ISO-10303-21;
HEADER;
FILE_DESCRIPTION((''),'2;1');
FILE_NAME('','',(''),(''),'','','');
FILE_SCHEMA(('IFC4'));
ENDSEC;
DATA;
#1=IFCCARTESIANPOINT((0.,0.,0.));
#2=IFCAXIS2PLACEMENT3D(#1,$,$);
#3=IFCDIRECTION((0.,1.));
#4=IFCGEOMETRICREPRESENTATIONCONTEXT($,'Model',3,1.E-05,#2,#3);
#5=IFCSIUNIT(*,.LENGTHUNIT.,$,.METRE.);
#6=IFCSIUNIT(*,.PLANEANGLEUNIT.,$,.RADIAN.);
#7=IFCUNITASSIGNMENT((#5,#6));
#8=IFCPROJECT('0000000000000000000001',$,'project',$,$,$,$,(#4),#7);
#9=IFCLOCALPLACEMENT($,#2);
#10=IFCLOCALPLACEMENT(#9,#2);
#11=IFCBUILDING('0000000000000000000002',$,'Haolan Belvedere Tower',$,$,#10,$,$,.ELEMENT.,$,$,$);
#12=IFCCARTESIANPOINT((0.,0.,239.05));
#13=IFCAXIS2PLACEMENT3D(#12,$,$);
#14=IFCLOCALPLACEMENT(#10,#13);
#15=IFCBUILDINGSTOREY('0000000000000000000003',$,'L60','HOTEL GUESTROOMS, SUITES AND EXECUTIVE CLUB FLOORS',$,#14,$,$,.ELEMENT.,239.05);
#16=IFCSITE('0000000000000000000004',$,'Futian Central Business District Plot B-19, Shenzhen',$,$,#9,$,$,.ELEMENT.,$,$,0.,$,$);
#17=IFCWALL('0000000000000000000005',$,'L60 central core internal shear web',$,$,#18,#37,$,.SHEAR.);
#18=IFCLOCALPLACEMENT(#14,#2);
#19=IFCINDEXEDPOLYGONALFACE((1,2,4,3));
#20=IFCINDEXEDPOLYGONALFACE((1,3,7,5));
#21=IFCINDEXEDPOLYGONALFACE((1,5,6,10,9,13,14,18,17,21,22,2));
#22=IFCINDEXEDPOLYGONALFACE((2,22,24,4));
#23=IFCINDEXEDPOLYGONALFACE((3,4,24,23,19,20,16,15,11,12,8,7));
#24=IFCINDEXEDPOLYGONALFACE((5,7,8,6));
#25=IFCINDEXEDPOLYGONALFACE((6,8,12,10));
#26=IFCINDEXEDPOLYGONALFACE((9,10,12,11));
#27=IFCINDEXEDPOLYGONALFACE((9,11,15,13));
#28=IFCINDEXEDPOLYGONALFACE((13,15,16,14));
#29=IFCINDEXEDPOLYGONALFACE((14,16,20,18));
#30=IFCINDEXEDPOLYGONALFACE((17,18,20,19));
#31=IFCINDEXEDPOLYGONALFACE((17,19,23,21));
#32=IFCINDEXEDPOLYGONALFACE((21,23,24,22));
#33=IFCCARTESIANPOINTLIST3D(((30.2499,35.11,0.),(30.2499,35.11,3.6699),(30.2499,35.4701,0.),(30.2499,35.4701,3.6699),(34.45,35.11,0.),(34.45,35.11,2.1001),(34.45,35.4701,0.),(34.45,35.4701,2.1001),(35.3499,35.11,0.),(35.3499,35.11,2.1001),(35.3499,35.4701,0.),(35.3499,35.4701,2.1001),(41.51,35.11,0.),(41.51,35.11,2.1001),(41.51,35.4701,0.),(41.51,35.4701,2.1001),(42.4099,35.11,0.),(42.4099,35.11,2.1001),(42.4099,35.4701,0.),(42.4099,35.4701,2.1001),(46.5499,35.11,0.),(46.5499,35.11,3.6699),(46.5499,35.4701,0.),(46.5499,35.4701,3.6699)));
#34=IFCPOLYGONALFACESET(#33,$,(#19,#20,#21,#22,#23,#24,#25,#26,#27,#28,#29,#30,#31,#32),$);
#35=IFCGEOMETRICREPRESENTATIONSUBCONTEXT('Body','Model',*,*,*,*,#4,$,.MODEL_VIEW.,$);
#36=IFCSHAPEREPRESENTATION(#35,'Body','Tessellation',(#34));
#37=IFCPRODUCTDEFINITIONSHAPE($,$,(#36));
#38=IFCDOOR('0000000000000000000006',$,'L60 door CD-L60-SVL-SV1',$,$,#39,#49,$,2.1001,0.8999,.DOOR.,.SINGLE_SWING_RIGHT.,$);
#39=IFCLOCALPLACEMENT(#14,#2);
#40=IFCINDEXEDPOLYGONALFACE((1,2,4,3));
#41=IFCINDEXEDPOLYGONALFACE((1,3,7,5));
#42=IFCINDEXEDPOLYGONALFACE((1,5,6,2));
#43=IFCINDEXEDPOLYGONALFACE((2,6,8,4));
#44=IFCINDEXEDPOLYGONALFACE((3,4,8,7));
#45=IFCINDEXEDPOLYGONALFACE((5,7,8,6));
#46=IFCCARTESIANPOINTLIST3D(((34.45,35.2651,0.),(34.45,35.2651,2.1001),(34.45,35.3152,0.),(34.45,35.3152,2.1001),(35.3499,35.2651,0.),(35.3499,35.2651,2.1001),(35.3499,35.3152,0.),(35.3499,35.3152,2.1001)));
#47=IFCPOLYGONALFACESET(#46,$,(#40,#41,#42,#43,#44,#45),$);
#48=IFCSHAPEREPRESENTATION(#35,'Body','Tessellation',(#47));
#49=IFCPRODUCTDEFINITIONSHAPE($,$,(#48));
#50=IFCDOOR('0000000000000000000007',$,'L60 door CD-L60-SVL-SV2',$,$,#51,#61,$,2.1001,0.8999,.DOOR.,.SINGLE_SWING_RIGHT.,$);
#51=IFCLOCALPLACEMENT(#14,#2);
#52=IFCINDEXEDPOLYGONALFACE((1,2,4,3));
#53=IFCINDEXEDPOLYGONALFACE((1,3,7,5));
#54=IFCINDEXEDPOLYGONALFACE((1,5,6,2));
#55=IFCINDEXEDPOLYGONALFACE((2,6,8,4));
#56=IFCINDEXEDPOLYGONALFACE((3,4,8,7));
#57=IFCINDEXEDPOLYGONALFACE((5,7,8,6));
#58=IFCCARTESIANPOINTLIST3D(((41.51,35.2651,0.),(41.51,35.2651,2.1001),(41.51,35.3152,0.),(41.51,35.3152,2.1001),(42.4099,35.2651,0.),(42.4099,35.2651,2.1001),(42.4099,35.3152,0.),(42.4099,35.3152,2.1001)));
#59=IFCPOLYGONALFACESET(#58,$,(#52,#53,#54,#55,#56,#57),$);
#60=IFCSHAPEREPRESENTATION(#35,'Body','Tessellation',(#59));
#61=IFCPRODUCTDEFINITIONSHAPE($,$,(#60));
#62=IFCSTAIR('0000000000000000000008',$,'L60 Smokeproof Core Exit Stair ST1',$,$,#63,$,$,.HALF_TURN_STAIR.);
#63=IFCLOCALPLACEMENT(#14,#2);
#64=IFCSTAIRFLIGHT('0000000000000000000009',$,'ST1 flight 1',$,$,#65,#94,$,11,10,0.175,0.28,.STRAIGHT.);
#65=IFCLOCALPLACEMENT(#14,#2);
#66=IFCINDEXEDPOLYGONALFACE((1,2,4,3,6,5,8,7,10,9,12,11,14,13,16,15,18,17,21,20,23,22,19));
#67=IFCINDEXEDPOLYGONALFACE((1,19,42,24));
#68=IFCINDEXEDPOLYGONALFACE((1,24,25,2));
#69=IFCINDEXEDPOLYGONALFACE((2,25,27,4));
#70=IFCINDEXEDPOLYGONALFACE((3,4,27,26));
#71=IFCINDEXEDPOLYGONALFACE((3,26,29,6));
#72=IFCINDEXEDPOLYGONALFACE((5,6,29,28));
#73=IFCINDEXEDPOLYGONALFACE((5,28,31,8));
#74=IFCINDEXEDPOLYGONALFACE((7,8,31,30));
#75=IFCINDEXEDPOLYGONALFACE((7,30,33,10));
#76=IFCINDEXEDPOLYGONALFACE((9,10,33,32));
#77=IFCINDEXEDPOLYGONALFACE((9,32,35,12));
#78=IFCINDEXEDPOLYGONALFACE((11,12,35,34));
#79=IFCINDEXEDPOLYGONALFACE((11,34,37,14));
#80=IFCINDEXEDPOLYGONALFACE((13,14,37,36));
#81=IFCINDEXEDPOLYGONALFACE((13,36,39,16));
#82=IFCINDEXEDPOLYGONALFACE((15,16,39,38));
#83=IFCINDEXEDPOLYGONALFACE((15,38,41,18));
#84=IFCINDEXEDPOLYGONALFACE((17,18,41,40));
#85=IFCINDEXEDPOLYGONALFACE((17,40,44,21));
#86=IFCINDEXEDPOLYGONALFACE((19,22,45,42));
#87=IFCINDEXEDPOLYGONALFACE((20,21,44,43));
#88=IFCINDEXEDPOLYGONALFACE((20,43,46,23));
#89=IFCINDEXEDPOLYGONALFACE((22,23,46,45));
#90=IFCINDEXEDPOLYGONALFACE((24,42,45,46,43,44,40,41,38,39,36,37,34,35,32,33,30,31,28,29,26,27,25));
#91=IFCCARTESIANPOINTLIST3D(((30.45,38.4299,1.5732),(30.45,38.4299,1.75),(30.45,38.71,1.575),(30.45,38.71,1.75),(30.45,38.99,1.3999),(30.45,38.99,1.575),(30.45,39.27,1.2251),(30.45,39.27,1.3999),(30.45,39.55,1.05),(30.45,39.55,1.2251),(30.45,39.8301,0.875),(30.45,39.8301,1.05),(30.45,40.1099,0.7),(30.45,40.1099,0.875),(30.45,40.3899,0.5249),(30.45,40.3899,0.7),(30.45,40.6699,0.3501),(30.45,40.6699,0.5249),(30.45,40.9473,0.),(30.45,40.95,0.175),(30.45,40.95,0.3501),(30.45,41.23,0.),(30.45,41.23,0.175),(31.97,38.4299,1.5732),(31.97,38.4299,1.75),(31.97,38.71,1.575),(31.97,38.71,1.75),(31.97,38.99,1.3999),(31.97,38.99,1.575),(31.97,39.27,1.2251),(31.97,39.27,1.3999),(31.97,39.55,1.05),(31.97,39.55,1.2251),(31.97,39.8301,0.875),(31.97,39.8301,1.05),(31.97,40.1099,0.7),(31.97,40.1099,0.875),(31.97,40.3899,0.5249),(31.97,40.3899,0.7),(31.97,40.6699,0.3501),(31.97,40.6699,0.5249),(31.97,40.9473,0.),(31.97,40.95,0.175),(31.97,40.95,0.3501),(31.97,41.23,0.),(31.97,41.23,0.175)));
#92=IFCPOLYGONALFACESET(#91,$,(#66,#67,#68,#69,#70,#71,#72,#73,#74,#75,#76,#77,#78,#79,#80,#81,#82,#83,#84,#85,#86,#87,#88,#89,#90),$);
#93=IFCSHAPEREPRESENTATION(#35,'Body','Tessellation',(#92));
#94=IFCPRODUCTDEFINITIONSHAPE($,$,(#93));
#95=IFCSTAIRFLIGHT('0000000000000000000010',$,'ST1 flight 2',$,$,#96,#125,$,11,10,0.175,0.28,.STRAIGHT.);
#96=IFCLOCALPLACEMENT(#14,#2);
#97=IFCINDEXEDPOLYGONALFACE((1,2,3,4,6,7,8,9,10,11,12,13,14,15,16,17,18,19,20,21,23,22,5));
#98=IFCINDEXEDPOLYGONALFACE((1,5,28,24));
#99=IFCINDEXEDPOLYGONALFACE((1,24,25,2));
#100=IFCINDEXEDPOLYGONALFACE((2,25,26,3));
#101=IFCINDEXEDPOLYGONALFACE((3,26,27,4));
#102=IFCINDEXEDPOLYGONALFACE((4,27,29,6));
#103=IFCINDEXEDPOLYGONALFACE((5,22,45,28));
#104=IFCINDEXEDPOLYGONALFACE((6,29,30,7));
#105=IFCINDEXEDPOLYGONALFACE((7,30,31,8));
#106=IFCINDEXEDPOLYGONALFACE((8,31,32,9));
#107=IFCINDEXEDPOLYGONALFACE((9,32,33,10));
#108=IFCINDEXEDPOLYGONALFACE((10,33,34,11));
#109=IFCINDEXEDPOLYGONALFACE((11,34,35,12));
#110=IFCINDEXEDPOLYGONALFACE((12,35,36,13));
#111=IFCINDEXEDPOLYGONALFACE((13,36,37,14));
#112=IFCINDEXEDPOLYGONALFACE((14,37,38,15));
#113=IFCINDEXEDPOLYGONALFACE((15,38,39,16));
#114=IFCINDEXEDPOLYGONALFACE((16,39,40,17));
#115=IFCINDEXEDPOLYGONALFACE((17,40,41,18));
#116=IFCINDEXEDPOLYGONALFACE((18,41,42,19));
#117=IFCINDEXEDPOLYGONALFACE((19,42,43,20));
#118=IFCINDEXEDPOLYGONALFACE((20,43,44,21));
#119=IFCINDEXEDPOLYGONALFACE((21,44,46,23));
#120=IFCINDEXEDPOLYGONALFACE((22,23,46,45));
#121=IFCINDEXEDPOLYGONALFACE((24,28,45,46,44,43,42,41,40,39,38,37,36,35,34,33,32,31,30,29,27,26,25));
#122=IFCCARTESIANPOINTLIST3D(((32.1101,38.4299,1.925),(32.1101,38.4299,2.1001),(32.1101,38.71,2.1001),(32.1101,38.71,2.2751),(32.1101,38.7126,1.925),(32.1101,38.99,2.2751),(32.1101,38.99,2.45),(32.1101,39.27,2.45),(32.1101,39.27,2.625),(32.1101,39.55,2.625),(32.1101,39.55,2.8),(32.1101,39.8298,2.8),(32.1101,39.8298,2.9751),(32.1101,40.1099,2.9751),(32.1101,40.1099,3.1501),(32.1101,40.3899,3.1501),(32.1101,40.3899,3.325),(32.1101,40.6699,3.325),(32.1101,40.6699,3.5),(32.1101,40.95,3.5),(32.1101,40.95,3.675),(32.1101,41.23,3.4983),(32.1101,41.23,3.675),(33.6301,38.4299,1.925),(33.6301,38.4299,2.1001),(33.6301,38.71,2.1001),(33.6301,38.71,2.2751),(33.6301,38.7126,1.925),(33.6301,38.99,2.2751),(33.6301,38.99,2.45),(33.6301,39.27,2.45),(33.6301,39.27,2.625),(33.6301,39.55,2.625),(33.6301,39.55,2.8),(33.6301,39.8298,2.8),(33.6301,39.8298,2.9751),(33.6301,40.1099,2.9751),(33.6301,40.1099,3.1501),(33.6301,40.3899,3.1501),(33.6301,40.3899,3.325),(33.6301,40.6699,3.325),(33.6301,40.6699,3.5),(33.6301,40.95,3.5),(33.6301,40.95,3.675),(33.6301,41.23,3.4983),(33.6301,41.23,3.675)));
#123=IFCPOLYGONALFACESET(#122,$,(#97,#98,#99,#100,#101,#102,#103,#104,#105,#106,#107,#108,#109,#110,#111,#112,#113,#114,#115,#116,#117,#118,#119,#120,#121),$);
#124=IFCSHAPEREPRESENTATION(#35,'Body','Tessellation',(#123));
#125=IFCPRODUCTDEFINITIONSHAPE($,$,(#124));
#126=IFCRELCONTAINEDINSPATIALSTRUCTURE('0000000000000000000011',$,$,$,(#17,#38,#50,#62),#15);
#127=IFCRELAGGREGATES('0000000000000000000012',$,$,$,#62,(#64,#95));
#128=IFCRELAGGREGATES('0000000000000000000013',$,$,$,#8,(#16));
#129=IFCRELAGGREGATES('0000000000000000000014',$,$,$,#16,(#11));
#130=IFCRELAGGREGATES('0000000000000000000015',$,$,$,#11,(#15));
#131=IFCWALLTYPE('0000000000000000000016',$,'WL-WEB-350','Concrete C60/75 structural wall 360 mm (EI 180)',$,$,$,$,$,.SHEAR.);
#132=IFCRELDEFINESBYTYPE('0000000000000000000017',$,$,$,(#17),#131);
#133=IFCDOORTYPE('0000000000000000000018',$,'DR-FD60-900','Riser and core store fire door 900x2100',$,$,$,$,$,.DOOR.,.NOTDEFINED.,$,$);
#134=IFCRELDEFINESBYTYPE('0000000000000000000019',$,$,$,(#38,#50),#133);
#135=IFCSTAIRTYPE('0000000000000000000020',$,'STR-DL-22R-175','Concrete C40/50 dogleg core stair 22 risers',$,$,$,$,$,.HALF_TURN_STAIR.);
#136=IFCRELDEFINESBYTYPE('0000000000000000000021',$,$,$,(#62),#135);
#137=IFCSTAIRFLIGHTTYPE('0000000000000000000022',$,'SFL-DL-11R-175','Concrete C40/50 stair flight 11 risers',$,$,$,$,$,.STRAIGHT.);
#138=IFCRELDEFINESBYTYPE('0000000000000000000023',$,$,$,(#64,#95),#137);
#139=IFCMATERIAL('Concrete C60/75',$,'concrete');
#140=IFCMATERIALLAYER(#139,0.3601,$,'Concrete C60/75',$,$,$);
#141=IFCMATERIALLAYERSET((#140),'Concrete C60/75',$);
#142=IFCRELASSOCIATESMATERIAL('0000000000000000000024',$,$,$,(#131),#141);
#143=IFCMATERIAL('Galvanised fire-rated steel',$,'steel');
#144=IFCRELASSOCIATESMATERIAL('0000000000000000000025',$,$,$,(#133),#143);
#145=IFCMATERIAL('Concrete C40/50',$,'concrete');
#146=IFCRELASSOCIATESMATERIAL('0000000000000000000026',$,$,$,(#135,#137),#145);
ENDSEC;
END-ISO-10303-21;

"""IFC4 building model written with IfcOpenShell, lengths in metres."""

from ifc_helpers import new_model, si_unit, direction, frame, frame_2d, origin, place, context, subcontext, project, spatial, polyline, rectangle, outline, extrude, material, layer, layer_set, type_object, element, fill, aggregate, save


model = new_model("IFC4")

# Units and contexts
model_context = context("Model", 3, precision=1e-05, world=origin(), true_north=direction((0.0, 1.0)))
body_context = subcontext(model_context, "Body", "Model", "MODEL_VIEW")
ifc_project = project(units=[si_unit("LENGTHUNIT", "METRE"), si_unit("PLANEANGLEUNIT", "RADIAN")], contexts=[model_context])

# Site, building, storey
site_placement = place(None, origin())
site = spatial("IfcSite", under=ifc_project, at=site_placement, Name="Futian Central Business District Plot B-19, Shenzhen", CompositionType="ELEMENT", RefElevation=0.0)
building_placement = place(site_placement, origin())
building = spatial("IfcBuilding", under=site, at=building_placement, Name="Haolan Belvedere Tower", CompositionType="ELEMENT")
storey_placement = place(building_placement, frame((0.0, 0.0, 239.05)))
storey = spatial("IfcBuildingStorey", under=building, at=storey_placement, Name="L60", Description="HOTEL GUESTROOMS, SUITES AND EXECUTIVE CLUB FLOORS", CompositionType="ELEMENT", Elevation=239.05)

# Shared definitions
ifc_material_1 = material(Name="Concrete C60/75", Category="concrete")

# Wall, openings, doors
ifc_layer_1 = layer(ifc_material_1, 0.3601, Name="Concrete C60/75")
ifc_layer_set_1 = layer_set([ifc_layer_1], Name="Concrete C60/75")
wall_type_1 = type_object("IfcWallType", Name="WL-WEB-350", Description="Concrete C60/75 structural wall 360 mm (EI 180)", PredefinedType="SHEAR", material=ifc_layer_set_1)
wall_1_placement = place(storey_placement, frame((30.25, 35.29, 0.0), z_axis=(0.0, 0.0, 1.0), x_axis=(1.0, 0.0, 0.0)))
wall_1 = element("IfcWall", 1, at=wall_1_placement, inside=storey, type_object=wall_type_1, Name="L60 central core internal shear web", PredefinedType="SHEAR", context=body_context, shape_type="SweptSolid", body=[
    extrude(rectangle(XDim=16.3, YDim=0.3601, at=frame_2d((8.1499, 0.0))), origin(), (0.0, 0.0, 1.0), 3.6699),
])
opening_1_placement = place(wall_1_placement, frame((5.0999, 0.0, 0.0), z_axis=(0.0, 0.0, 1.0), x_axis=(-1.0, 0.0, 0.0)))
opening_1 = element("IfcOpeningElement", 2, at=opening_1_placement, cuts=wall_1, PredefinedType="OPENING", context=body_context, shape_type="SweptSolid", body=[
    extrude(rectangle(XDim=0.8999, YDim=2.1001, at=frame_2d((0.45, 1.05))), frame((0.0, 0.1899, 0.0), z_axis=(0.0, -1.0, 0.0), x_axis=(1.0, 0.0, 0.0)), (0.0, 0.0, 1.0), 0.3801),
])
opening_2_placement = place(wall_1_placement, frame((12.1599, 0.0, 0.0), z_axis=(0.0, 0.0, 1.0), x_axis=(-1.0, 0.0, 0.0)))
opening_2 = element("IfcOpeningElement", 3, at=opening_2_placement, cuts=wall_1, PredefinedType="OPENING", context=body_context, shape_type="SweptSolid", body=[
    extrude(rectangle(XDim=0.8999, YDim=2.1001, at=frame_2d((0.45, 1.05))), frame((0.0, 0.1899, 0.0), z_axis=(0.0, -1.0, 0.0), x_axis=(1.0, 0.0, 0.0)), (0.0, 0.0, 1.0), 0.3801),
])
ifc_material_2 = material(Name="Galvanised fire-rated steel", Category="steel")
door_type_1 = type_object("IfcDoorType", Name="DR-FD60-900", Description="Riser and core store fire door 900x2100", OperationType="NOTDEFINED", PredefinedType="DOOR", material=ifc_material_2)
door_1_placement = place(opening_1_placement, origin())
door_1 = element("IfcDoor", 4, at=door_1_placement, inside=storey, type_object=door_type_1, Name="L60 door CD-L60-SVL-SV1", OperationType="SINGLE_SWING_RIGHT", OverallHeight=2.1001, OverallWidth=0.8999, PredefinedType="DOOR", context=body_context, shape_type="SweptSolid", body=[
    extrude(rectangle(XDim=0.8999, YDim=2.1001, at=frame_2d((0.45, 1.05))), frame((0.0, 0.0249, 0.0), z_axis=(0.0, -1.0, 0.0), x_axis=(1.0, 0.0, 0.0)), (0.0, 0.0, 1.0), 0.05),
])
fill(opening_1, door_1)
door_2_placement = place(opening_2_placement, origin())
door_2 = element("IfcDoor", 5, at=door_2_placement, inside=storey, type_object=door_type_1, Name="L60 door CD-L60-SVL-SV2", OperationType="SINGLE_SWING_RIGHT", OverallHeight=2.1001, OverallWidth=0.8999, PredefinedType="DOOR", context=body_context, shape_type="SweptSolid", body=[
    extrude(rectangle(XDim=0.8999, YDim=2.1001, at=frame_2d((0.45, 1.05))), frame((0.0, 0.0249, 0.0), z_axis=(0.0, -1.0, 0.0), x_axis=(1.0, 0.0, 0.0)), (0.0, 0.0, 1.0), 0.05),
])
fill(opening_2, door_2)

# Stair, stair flights
ifc_material_3 = material(Name="Concrete C40/50", Category="concrete")
stair_type = type_object("IfcStairType", Name="STR-DL-22R-175", Description="Concrete C40/50 dogleg core stair 22 risers", PredefinedType="HALF_TURN_STAIR", material=ifc_material_3)
stair_placement = place(storey_placement, origin())
stair = element("IfcStair", 6, at=stair_placement, inside=storey, type_object=stair_type, Name="L60 Smokeproof Core Exit Stair ST1", PredefinedType="HALF_TURN_STAIR")
stair_flight_type = type_object("IfcStairFlightType", Name="SFL-DL-11R-175", Description="Concrete C40/50 stair flight 11 risers", PredefinedType="STRAIGHT", material=ifc_material_3)
stair_flight_1_placement = place(storey_placement, frame((31.21, 41.23, 0.0), z_axis=(0.0, 0.0, 1.0), x_axis=(0.0, -1.0, 0.0)))
stair_flight_1 = element("IfcStairFlight", 7, at=stair_flight_1_placement, type_object=stair_flight_type, Name="ST1 flight 1", NumberOfRisers=11, NumberOfTreads=10, PredefinedType="STRAIGHT", RiserHeight=0.175, TreadLength=0.28, context=body_context, shape_type="SweptSolid", body=[
    extrude(outline(polyline([(0.0, 0.0), (0.0, 0.175), (0.28, 0.175), (0.28, 0.3501), (0.5601, 0.3501), (0.5601, 0.5249), (0.8401, 0.5249), (0.8401, 0.7), (1.1201, 0.7), (1.1201, 0.875), (1.3999, 0.875), (1.3999, 1.05), (1.6799, 1.05), (1.6799, 1.2251), (1.96, 1.2251), (1.96, 1.3999), (2.24, 1.3999), (2.24, 1.575), (2.52, 1.575), (2.52, 1.75), (2.8, 1.75), (2.8, 1.925), (2.8, 1.5732), (0.2827, 0.0), (0.0, 0.0)])), frame((0.0, 0.76, 0.0), z_axis=(0.0, -1.0, 0.0), x_axis=(1.0, 0.0, 0.0)), (0.0, 0.0, 1.0), 1.52),
])
stair_flight_2_placement = place(storey_placement, frame((32.8701, 38.4299, 1.925), z_axis=(0.0, 0.0, 1.0), x_axis=(0.0, 1.0, 0.0)))
stair_flight_2 = element("IfcStairFlight", 8, at=stair_flight_2_placement, type_object=stair_flight_type, Name="ST1 flight 2", NumberOfRisers=11, NumberOfTreads=10, PredefinedType="STRAIGHT", RiserHeight=0.175, TreadLength=0.28, context=body_context, shape_type="SweptSolid", body=[
    extrude(outline(polyline([(0.0, 0.0), (0.0, 0.175), (0.28, 0.175), (0.28, 0.3501), (0.5601, 0.3501), (0.5601, 0.5249), (0.8401, 0.5249), (0.8401, 0.7), (1.1201, 0.7), (1.1201, 0.875), (1.3999, 0.875), (1.3999, 1.05), (1.6799, 1.05), (1.6799, 1.2251), (1.96, 1.2251), (1.96, 1.3999), (2.24, 1.3999), (2.24, 1.575), (2.52, 1.575), (2.52, 1.75), (2.8, 1.75), (2.8, 1.925), (2.8, 1.5732), (0.2827, 0.0), (0.0, 0.0)])), frame((0.0, 0.76, 0.0), z_axis=(0.0, -1.0, 0.0), x_axis=(1.0, 0.0, 0.0)), (0.0, 0.0, 1.0), 1.52),
])
aggregate(stair, [stair_flight_1, stair_flight_2])

save(model, "model.ifc")
